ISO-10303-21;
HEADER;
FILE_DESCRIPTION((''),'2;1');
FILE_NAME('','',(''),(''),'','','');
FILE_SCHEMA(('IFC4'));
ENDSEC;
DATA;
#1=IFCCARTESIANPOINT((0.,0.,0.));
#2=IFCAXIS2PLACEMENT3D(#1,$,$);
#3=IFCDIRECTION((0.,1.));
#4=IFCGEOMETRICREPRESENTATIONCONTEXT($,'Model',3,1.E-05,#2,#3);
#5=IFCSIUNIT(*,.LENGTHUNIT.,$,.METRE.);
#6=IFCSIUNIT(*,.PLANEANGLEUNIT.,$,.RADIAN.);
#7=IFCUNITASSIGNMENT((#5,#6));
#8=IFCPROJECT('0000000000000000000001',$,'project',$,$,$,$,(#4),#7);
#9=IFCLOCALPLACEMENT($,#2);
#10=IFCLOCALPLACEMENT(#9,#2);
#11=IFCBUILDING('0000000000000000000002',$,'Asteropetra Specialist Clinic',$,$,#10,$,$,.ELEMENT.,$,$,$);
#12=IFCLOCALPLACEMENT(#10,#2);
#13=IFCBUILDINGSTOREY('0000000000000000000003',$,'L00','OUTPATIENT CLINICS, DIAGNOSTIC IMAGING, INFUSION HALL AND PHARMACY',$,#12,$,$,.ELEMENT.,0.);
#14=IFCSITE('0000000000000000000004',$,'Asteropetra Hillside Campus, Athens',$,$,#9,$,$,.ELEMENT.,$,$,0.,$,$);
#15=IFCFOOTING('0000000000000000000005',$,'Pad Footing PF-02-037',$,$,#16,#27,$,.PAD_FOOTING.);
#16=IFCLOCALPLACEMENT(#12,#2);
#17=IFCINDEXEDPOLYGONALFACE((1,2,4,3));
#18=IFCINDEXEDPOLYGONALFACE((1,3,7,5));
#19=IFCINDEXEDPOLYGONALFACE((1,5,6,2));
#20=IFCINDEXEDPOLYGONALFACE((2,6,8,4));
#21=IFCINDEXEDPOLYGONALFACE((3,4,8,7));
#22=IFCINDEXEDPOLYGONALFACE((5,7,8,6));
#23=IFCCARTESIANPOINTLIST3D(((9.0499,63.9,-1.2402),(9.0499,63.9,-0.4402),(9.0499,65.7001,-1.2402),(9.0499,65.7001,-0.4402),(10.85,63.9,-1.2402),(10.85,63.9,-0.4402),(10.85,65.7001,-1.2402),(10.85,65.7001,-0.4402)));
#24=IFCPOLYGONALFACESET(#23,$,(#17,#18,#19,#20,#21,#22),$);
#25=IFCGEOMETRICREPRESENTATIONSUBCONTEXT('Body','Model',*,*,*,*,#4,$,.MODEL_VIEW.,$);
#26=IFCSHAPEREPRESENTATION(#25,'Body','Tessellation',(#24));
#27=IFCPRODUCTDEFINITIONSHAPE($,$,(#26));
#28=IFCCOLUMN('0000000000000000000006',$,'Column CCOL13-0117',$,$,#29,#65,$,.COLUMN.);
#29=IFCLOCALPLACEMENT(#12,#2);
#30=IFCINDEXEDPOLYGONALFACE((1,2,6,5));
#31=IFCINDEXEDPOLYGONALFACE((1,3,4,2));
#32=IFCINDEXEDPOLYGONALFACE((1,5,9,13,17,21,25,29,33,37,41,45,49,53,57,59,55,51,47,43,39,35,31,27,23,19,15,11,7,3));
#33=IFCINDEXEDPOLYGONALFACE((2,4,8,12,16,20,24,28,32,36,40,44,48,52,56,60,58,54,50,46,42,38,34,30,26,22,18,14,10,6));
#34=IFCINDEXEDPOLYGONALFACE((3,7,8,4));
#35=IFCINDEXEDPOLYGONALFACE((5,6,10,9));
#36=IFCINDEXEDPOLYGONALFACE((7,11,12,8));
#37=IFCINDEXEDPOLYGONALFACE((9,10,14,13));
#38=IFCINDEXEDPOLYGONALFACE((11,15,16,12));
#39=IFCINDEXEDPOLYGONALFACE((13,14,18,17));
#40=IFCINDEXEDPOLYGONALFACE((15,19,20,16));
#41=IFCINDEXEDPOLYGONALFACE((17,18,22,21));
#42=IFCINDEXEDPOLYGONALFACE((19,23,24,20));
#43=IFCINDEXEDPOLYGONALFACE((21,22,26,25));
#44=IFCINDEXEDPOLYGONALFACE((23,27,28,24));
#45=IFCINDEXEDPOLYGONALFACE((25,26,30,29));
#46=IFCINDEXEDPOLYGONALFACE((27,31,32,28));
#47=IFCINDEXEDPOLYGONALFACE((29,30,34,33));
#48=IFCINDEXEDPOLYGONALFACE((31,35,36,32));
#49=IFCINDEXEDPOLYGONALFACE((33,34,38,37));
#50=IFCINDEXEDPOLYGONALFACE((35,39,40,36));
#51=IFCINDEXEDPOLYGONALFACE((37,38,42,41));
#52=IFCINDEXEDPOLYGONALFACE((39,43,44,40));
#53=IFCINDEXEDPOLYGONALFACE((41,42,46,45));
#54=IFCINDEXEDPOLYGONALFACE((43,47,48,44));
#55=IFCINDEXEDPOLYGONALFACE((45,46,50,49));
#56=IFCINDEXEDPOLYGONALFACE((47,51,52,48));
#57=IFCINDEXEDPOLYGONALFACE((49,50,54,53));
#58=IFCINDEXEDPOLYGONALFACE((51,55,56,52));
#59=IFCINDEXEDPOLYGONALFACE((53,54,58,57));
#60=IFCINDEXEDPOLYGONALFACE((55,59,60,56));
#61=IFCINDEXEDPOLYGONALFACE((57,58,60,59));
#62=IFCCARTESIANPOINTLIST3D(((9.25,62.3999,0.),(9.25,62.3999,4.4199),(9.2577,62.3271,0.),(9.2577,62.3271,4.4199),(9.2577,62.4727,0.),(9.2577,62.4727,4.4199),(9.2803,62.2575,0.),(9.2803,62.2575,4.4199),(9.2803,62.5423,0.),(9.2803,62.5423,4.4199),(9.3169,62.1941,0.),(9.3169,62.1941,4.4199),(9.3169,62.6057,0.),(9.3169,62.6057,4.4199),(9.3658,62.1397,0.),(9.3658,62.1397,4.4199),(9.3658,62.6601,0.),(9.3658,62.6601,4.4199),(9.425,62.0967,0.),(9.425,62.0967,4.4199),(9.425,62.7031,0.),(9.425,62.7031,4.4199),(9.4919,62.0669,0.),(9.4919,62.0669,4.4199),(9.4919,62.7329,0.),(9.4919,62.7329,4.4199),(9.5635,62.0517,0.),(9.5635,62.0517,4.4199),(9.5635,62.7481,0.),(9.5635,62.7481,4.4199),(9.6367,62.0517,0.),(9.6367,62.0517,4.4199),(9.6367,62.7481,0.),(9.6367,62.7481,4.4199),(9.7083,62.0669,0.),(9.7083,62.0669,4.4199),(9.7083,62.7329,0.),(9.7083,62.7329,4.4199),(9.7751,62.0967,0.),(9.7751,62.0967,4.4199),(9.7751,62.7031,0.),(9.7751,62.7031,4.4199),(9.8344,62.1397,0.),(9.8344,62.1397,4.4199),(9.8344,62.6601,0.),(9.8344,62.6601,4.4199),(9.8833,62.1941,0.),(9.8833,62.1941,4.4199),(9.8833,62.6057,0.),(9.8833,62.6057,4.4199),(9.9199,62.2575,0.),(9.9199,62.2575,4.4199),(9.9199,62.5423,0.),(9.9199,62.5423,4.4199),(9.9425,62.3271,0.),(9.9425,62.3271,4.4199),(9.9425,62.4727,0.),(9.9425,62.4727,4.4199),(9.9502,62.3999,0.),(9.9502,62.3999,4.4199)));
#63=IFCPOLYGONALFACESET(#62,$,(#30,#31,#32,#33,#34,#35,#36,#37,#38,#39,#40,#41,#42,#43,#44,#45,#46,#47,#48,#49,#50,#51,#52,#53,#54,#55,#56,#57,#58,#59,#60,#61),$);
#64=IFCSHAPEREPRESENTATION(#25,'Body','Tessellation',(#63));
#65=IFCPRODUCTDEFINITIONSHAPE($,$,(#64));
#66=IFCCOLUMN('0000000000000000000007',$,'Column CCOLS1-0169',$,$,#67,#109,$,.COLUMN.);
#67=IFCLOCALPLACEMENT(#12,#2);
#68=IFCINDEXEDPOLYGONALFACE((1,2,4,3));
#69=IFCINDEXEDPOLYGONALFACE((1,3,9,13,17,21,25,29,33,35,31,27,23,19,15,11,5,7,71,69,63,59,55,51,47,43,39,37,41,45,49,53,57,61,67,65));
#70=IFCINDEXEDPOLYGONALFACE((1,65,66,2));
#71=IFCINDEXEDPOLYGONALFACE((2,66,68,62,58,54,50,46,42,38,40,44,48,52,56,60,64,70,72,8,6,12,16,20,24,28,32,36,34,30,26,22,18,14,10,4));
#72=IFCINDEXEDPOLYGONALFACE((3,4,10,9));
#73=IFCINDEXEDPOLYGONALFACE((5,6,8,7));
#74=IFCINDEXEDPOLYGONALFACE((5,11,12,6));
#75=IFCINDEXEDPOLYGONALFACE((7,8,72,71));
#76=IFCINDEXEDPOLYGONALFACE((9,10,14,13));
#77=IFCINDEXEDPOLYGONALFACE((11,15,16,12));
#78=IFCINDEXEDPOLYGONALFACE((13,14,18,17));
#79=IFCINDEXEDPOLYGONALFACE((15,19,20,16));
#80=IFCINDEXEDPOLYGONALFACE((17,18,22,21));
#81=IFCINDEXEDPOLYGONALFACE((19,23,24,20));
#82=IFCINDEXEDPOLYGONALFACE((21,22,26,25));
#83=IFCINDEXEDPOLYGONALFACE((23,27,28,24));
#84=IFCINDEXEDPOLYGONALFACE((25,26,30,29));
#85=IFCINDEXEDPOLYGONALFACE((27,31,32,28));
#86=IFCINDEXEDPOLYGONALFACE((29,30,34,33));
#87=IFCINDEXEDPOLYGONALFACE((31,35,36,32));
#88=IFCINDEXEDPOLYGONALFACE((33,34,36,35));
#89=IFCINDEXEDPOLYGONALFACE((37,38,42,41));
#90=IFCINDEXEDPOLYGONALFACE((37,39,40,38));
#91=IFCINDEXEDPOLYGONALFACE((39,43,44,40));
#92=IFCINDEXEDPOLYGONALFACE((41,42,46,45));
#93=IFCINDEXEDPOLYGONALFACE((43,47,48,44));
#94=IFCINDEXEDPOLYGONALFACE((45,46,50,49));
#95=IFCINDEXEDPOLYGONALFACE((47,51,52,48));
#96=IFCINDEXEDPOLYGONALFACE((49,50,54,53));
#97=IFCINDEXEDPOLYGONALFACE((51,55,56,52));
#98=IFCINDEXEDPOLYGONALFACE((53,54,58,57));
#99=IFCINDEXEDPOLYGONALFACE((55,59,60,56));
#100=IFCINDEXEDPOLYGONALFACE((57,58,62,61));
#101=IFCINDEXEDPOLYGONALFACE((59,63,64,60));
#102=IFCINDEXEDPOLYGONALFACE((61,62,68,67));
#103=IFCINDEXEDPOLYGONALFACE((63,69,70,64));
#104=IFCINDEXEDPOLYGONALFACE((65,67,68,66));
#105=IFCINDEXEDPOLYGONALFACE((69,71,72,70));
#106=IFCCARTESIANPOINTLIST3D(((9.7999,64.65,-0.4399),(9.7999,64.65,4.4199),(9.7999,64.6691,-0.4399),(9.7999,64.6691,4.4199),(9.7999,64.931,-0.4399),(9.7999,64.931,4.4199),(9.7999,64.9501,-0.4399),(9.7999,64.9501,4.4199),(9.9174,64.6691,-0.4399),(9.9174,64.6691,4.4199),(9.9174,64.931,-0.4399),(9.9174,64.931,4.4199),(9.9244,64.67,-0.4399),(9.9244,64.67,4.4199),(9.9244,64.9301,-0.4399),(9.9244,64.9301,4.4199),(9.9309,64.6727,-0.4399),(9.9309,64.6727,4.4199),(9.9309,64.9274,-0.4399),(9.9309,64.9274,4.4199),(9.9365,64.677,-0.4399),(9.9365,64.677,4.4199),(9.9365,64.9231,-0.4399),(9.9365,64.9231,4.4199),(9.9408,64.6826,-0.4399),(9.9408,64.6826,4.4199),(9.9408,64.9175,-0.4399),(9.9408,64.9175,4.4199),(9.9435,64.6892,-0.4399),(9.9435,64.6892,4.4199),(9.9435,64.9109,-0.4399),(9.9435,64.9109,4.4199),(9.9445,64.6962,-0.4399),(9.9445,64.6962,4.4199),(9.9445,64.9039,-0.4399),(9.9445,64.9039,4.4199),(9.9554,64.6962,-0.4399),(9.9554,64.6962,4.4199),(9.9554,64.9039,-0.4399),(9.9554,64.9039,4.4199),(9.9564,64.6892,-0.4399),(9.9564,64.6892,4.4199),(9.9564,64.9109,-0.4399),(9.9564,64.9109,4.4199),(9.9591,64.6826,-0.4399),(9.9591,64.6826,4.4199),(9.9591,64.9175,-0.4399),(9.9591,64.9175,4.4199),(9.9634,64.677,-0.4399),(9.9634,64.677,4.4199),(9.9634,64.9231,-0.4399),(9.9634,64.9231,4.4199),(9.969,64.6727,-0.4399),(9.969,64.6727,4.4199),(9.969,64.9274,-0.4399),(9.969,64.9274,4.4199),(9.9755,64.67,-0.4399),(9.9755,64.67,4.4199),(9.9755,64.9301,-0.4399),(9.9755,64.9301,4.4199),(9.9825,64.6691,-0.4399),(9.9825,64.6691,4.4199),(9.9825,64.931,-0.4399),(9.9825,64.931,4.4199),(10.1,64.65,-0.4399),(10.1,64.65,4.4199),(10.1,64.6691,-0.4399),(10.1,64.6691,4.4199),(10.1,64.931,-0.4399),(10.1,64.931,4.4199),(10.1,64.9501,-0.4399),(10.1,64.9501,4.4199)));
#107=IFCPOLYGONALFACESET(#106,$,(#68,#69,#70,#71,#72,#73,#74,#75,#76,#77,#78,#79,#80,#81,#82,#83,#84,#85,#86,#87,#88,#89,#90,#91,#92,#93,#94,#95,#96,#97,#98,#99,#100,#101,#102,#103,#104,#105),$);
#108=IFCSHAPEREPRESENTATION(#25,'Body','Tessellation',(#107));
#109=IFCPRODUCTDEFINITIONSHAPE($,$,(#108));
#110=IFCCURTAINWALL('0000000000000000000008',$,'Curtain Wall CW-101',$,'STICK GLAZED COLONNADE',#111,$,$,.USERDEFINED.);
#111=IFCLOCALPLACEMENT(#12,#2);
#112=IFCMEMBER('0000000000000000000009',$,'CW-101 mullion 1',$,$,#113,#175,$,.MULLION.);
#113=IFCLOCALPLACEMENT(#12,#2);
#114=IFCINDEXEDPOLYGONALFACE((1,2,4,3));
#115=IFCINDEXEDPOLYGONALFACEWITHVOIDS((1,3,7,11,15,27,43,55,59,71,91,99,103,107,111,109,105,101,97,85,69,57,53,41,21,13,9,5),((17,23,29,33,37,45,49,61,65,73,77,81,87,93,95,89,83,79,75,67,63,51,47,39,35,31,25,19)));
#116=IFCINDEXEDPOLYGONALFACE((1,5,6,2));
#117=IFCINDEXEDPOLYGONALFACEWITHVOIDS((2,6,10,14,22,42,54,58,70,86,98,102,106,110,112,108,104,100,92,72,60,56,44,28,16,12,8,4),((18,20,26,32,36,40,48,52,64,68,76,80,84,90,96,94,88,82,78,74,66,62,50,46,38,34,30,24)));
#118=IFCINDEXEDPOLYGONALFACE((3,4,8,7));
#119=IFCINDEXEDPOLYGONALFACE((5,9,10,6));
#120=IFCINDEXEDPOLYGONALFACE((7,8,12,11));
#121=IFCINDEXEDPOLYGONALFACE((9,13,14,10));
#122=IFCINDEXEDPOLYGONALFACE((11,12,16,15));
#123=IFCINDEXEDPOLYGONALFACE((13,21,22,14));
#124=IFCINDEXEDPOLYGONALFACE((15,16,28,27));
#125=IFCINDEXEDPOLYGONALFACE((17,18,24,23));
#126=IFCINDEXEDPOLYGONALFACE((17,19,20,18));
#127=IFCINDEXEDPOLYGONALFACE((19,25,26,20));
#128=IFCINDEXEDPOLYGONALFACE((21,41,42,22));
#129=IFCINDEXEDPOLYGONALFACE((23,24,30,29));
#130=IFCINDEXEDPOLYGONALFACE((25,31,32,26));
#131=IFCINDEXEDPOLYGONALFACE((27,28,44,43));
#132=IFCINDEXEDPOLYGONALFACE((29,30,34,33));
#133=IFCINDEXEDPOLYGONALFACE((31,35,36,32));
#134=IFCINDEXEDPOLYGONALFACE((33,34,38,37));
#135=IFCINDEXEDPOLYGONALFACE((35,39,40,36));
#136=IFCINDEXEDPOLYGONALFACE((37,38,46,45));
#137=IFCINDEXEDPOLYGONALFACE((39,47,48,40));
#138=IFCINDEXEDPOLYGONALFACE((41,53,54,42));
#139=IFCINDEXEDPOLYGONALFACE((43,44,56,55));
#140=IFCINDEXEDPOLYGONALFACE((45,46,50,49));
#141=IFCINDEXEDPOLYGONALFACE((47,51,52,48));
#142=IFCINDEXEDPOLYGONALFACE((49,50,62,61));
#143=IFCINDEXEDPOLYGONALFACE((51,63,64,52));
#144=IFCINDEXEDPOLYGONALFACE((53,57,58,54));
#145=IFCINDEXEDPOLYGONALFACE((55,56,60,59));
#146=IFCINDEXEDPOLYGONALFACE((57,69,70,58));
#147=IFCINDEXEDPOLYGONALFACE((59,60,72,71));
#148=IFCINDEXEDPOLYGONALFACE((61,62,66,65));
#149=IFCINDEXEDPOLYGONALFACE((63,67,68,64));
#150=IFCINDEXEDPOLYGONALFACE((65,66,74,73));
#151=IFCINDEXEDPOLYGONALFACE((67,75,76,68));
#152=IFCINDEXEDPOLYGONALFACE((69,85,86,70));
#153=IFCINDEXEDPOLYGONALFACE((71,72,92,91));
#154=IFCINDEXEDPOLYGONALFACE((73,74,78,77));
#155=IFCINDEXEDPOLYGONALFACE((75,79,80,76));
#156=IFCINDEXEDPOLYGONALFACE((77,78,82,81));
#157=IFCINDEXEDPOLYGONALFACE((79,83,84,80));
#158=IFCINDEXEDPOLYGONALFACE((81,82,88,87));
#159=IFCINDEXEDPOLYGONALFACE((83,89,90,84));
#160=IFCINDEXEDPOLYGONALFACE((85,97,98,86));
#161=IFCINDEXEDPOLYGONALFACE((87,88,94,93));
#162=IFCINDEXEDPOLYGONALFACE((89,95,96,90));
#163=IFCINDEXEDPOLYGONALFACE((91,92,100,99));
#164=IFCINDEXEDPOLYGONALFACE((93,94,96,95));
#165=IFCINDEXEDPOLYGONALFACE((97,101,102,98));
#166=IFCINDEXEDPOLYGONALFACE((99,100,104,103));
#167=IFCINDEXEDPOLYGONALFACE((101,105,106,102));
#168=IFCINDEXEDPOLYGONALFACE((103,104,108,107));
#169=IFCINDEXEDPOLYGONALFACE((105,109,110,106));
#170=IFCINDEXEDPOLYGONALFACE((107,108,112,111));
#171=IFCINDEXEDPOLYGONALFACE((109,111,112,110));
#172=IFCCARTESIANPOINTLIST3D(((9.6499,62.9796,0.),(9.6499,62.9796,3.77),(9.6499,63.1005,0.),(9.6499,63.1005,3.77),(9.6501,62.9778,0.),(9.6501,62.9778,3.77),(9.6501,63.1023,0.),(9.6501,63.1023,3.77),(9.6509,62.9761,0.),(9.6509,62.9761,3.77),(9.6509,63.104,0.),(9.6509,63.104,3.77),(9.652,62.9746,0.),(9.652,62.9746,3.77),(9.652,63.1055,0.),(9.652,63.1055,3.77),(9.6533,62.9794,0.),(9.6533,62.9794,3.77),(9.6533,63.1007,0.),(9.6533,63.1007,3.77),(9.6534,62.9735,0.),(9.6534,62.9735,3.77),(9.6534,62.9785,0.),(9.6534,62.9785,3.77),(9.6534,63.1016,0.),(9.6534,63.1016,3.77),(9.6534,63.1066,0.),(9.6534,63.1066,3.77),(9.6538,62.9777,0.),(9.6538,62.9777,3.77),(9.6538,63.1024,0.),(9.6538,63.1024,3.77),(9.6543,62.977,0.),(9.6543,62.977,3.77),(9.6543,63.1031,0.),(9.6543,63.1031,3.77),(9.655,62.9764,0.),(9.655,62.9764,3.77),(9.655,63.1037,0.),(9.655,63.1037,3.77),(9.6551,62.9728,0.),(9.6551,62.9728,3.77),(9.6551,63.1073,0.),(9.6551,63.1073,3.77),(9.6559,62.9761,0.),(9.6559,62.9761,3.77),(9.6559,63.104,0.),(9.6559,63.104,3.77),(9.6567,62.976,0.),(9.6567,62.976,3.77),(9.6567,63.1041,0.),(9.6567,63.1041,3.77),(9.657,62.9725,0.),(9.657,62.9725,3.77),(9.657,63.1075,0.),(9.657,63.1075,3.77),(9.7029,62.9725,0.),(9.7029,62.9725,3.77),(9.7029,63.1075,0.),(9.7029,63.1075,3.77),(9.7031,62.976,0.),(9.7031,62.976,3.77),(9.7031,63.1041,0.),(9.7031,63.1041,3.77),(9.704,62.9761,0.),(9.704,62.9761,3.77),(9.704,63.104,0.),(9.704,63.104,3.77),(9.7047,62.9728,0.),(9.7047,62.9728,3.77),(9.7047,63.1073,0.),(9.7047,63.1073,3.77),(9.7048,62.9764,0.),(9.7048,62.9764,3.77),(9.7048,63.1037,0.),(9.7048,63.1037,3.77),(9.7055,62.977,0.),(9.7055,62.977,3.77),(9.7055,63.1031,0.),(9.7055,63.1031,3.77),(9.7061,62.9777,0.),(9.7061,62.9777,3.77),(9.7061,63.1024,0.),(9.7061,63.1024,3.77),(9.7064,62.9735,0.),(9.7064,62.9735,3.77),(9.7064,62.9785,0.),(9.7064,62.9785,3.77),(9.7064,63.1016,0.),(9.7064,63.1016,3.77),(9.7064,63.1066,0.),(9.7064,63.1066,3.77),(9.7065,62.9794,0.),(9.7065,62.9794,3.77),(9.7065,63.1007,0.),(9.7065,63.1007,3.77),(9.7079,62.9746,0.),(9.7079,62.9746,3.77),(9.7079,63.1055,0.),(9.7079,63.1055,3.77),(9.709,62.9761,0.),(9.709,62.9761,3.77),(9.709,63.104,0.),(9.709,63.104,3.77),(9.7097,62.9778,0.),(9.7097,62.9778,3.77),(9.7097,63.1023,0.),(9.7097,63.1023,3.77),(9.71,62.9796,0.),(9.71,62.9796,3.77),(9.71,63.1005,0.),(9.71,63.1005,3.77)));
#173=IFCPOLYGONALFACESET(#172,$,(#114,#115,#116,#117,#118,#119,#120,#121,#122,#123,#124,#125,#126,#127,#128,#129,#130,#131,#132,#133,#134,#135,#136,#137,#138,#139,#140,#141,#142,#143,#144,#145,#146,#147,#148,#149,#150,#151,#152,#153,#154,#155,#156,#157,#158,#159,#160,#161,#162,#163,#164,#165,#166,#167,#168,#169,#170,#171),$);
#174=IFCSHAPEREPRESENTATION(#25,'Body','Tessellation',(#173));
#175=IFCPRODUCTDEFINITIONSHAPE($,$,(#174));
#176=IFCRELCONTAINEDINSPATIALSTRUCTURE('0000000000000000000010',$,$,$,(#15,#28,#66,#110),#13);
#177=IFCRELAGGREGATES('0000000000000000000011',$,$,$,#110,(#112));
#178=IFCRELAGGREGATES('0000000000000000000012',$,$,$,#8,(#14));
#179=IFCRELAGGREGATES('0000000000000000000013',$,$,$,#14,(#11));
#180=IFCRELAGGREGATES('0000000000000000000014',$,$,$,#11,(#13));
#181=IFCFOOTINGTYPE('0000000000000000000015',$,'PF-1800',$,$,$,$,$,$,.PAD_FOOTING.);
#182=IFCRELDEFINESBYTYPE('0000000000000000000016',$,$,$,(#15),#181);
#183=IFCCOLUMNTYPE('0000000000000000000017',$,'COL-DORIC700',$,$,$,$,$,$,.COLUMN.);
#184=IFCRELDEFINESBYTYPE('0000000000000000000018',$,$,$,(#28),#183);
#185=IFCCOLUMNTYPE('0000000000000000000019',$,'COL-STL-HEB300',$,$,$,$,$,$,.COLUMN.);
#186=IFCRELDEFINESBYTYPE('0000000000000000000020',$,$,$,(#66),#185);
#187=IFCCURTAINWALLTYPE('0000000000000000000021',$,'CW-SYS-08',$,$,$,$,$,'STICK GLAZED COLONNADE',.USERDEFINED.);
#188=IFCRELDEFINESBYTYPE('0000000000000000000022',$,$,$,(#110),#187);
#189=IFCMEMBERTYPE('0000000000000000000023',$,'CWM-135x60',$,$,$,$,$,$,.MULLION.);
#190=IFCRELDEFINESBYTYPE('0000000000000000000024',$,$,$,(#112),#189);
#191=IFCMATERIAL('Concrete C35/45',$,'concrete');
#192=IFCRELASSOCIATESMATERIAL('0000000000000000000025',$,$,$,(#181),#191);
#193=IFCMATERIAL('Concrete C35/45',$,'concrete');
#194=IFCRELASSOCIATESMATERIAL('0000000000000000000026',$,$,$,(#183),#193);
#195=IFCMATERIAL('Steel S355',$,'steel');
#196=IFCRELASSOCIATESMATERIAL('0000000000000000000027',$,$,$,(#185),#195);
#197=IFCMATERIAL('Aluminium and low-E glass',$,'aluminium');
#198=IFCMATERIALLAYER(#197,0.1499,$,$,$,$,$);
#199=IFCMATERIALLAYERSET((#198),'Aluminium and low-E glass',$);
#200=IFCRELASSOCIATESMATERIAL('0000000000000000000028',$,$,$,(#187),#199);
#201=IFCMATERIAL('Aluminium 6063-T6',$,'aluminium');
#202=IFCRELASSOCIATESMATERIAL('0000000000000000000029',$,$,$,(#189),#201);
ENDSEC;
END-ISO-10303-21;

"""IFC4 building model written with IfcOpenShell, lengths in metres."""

from ifc_helpers import new_model, si_unit, direction, frame, origin, origin_2d, place, context, subcontext, project, spatial, rectangle, hollow_rectangle, circle, i_section, extrude, material, layer, layer_set, material_profile, profile_set, type_object, element, aggregate, save


model = new_model("IFC4")

# Units and contexts
model_context = context("Model", 3, precision=1e-05, world=origin(), true_north=direction((0.0, 1.0)))
body_context = subcontext(model_context, "Body", "Model", "MODEL_VIEW")
ifc_project = project(units=[si_unit("LENGTHUNIT", "METRE"), si_unit("PLANEANGLEUNIT", "RADIAN")], contexts=[model_context])

# Site, building, storey
site_placement = place(None, origin())
site = spatial("IfcSite", under=ifc_project, at=site_placement, Name="Asteropetra Hillside Campus, Athens", CompositionType="ELEMENT", RefElevation=0.0)
building_placement = place(site_placement, origin())
building = spatial("IfcBuilding", under=site, at=building_placement, Name="Asteropetra Specialist Clinic", CompositionType="ELEMENT")
storey_placement = place(building_placement, origin())
storey = spatial("IfcBuildingStorey", under=building, at=storey_placement, Name="L00", Description="OUTPATIENT CLINICS, DIAGNOSTIC IMAGING, INFUSION HALL AND PHARMACY", CompositionType="ELEMENT", Elevation=0.0)

# Footing
ifc_material_1 = material(Name="Concrete C35/45", Category="concrete")
footing_type = type_object("IfcFootingType", Name="PF-1800", PredefinedType="PAD_FOOTING", material=ifc_material_1)
footing_placement = place(storey_placement, frame((9.95, 64.8, -1.2402), z_axis=(0.0, 0.0, 1.0), x_axis=(1.0, 0.0, 0.0)))
element("IfcFooting", 1, at=footing_placement, inside=storey, type_object=footing_type, Name="Pad Footing PF-02-037", PredefinedType="PAD_FOOTING", context=body_context, shape_type="SweptSolid", body=[
    extrude(rectangle(XDim=1.8, YDim=1.8, at=origin_2d()), origin(), (0.0, 0.0, 1.0), 0.8),
])

# Columns
ifc_material_2 = material(Name="Concrete C35/45", Category="concrete")
ifc_material_profile_1 = material_profile(ifc_material_2, circle(Radius=0.3501, at=origin_2d()), Name="RCC D700")
ifc_profile_set_1 = profile_set([ifc_material_profile_1], Name="Concrete C35/45")
column_type_1 = type_object("IfcColumnType", Name="COL-DORIC700", PredefinedType="COLUMN", material=ifc_profile_set_1)
column_1_placement = place(storey_placement, frame((9.6001, 62.3999, 0.0), z_axis=(0.0, 0.0, 1.0), x_axis=(1.0, 0.0, 0.0)))
element("IfcColumn", 2, at=column_1_placement, inside=storey, type_object=column_type_1, Name="Column CCOL13-0117", PredefinedType="COLUMN", context=body_context, shape_type="SweptSolid", body=[
    extrude(circle(Radius=0.3501, at=origin_2d()), origin(), (0.0, 0.0, 1.0), 4.4199),
])
ifc_material_3 = material(Name="Steel S355", Category="steel")
ifc_material_profile_2 = material_profile(ifc_material_3, i_section(OverallWidth=0.3, OverallDepth=0.3, WebThickness=0.011, FlangeThickness=0.019, FilletRadius=0.0271, at=origin_2d()), Name="HEB 300")
ifc_profile_set_2 = profile_set([ifc_material_profile_2], Name="Steel S355")
column_type_2 = type_object("IfcColumnType", Name="COL-STL-HEB300", PredefinedType="COLUMN", material=ifc_profile_set_2)
column_2_placement = place(storey_placement, frame((9.95, 64.8, -0.4399), z_axis=(0.0, 0.0, 1.0), x_axis=(1.0, 0.0, 0.0)))
element("IfcColumn", 3, at=column_2_placement, inside=storey, type_object=column_type_2, Name="Column CCOLS1-0169", PredefinedType="COLUMN", context=body_context, shape_type="SweptSolid", body=[
    extrude(i_section(OverallWidth=0.3, OverallDepth=0.3, WebThickness=0.011, FlangeThickness=0.019, FilletRadius=0.0271, at=origin_2d()), origin(), (0.0, 0.0, 1.0), 4.8599),
])

# Curtain wall, member
ifc_material_4 = material(Name="Aluminium and low-E glass", Category="aluminium")
ifc_layer_1 = layer(ifc_material_4, 0.1499)
ifc_layer_set_1 = layer_set([ifc_layer_1], Name="Aluminium and low-E glass")
curtain_wall_type_1 = type_object("IfcCurtainWallType", Name="CW-SYS-08", ElementType="STICK GLAZED COLONNADE", PredefinedType="USERDEFINED", material=ifc_layer_set_1)
curtain_wall_1_placement = place(storey_placement, origin())
curtain_wall_1 = element("IfcCurtainWall", 4, at=curtain_wall_1_placement, inside=storey, type_object=curtain_wall_type_1, Name="Curtain Wall CW-101", ObjectType="STICK GLAZED COLONNADE", PredefinedType="USERDEFINED")
ifc_material_5 = material(Name="Aluminium 6063-T6", Category="aluminium")
ifc_material_profile_3 = material_profile(ifc_material_5, hollow_rectangle(XDim=0.0601, YDim=0.135, WallThickness=0.0034, InnerFilletRadius=0.0034, OuterFilletRadius=0.0071, at=origin_2d()), Name="MUL 135x60x3.5")
ifc_profile_set_3 = profile_set([ifc_material_profile_3], Name="Aluminium 6063-T6")
member_type_1 = type_object("IfcMemberType", Name="CWM-135x60", PredefinedType="MULLION", material=ifc_profile_set_3)
member_1_placement = place(storey_placement, frame((9.6799, 63.04, 0.0), z_axis=(0.0, 0.0, 1.0), x_axis=(-1.0, 0.0, 0.0)))
member_1 = element("IfcMember", 5, at=member_1_placement, type_object=member_type_1, Name="CW-101 mullion 1", PredefinedType="MULLION", context=body_context, shape_type="SweptSolid", body=[
    extrude(hollow_rectangle(XDim=0.0601, YDim=0.135, WallThickness=0.0034, InnerFilletRadius=0.0034, OuterFilletRadius=0.0071, at=origin_2d()), origin(), (0.0, 0.0, 1.0), 3.77),
])

aggregate(curtain_wall_1, [member_1])

save(model, "model.ifc")
